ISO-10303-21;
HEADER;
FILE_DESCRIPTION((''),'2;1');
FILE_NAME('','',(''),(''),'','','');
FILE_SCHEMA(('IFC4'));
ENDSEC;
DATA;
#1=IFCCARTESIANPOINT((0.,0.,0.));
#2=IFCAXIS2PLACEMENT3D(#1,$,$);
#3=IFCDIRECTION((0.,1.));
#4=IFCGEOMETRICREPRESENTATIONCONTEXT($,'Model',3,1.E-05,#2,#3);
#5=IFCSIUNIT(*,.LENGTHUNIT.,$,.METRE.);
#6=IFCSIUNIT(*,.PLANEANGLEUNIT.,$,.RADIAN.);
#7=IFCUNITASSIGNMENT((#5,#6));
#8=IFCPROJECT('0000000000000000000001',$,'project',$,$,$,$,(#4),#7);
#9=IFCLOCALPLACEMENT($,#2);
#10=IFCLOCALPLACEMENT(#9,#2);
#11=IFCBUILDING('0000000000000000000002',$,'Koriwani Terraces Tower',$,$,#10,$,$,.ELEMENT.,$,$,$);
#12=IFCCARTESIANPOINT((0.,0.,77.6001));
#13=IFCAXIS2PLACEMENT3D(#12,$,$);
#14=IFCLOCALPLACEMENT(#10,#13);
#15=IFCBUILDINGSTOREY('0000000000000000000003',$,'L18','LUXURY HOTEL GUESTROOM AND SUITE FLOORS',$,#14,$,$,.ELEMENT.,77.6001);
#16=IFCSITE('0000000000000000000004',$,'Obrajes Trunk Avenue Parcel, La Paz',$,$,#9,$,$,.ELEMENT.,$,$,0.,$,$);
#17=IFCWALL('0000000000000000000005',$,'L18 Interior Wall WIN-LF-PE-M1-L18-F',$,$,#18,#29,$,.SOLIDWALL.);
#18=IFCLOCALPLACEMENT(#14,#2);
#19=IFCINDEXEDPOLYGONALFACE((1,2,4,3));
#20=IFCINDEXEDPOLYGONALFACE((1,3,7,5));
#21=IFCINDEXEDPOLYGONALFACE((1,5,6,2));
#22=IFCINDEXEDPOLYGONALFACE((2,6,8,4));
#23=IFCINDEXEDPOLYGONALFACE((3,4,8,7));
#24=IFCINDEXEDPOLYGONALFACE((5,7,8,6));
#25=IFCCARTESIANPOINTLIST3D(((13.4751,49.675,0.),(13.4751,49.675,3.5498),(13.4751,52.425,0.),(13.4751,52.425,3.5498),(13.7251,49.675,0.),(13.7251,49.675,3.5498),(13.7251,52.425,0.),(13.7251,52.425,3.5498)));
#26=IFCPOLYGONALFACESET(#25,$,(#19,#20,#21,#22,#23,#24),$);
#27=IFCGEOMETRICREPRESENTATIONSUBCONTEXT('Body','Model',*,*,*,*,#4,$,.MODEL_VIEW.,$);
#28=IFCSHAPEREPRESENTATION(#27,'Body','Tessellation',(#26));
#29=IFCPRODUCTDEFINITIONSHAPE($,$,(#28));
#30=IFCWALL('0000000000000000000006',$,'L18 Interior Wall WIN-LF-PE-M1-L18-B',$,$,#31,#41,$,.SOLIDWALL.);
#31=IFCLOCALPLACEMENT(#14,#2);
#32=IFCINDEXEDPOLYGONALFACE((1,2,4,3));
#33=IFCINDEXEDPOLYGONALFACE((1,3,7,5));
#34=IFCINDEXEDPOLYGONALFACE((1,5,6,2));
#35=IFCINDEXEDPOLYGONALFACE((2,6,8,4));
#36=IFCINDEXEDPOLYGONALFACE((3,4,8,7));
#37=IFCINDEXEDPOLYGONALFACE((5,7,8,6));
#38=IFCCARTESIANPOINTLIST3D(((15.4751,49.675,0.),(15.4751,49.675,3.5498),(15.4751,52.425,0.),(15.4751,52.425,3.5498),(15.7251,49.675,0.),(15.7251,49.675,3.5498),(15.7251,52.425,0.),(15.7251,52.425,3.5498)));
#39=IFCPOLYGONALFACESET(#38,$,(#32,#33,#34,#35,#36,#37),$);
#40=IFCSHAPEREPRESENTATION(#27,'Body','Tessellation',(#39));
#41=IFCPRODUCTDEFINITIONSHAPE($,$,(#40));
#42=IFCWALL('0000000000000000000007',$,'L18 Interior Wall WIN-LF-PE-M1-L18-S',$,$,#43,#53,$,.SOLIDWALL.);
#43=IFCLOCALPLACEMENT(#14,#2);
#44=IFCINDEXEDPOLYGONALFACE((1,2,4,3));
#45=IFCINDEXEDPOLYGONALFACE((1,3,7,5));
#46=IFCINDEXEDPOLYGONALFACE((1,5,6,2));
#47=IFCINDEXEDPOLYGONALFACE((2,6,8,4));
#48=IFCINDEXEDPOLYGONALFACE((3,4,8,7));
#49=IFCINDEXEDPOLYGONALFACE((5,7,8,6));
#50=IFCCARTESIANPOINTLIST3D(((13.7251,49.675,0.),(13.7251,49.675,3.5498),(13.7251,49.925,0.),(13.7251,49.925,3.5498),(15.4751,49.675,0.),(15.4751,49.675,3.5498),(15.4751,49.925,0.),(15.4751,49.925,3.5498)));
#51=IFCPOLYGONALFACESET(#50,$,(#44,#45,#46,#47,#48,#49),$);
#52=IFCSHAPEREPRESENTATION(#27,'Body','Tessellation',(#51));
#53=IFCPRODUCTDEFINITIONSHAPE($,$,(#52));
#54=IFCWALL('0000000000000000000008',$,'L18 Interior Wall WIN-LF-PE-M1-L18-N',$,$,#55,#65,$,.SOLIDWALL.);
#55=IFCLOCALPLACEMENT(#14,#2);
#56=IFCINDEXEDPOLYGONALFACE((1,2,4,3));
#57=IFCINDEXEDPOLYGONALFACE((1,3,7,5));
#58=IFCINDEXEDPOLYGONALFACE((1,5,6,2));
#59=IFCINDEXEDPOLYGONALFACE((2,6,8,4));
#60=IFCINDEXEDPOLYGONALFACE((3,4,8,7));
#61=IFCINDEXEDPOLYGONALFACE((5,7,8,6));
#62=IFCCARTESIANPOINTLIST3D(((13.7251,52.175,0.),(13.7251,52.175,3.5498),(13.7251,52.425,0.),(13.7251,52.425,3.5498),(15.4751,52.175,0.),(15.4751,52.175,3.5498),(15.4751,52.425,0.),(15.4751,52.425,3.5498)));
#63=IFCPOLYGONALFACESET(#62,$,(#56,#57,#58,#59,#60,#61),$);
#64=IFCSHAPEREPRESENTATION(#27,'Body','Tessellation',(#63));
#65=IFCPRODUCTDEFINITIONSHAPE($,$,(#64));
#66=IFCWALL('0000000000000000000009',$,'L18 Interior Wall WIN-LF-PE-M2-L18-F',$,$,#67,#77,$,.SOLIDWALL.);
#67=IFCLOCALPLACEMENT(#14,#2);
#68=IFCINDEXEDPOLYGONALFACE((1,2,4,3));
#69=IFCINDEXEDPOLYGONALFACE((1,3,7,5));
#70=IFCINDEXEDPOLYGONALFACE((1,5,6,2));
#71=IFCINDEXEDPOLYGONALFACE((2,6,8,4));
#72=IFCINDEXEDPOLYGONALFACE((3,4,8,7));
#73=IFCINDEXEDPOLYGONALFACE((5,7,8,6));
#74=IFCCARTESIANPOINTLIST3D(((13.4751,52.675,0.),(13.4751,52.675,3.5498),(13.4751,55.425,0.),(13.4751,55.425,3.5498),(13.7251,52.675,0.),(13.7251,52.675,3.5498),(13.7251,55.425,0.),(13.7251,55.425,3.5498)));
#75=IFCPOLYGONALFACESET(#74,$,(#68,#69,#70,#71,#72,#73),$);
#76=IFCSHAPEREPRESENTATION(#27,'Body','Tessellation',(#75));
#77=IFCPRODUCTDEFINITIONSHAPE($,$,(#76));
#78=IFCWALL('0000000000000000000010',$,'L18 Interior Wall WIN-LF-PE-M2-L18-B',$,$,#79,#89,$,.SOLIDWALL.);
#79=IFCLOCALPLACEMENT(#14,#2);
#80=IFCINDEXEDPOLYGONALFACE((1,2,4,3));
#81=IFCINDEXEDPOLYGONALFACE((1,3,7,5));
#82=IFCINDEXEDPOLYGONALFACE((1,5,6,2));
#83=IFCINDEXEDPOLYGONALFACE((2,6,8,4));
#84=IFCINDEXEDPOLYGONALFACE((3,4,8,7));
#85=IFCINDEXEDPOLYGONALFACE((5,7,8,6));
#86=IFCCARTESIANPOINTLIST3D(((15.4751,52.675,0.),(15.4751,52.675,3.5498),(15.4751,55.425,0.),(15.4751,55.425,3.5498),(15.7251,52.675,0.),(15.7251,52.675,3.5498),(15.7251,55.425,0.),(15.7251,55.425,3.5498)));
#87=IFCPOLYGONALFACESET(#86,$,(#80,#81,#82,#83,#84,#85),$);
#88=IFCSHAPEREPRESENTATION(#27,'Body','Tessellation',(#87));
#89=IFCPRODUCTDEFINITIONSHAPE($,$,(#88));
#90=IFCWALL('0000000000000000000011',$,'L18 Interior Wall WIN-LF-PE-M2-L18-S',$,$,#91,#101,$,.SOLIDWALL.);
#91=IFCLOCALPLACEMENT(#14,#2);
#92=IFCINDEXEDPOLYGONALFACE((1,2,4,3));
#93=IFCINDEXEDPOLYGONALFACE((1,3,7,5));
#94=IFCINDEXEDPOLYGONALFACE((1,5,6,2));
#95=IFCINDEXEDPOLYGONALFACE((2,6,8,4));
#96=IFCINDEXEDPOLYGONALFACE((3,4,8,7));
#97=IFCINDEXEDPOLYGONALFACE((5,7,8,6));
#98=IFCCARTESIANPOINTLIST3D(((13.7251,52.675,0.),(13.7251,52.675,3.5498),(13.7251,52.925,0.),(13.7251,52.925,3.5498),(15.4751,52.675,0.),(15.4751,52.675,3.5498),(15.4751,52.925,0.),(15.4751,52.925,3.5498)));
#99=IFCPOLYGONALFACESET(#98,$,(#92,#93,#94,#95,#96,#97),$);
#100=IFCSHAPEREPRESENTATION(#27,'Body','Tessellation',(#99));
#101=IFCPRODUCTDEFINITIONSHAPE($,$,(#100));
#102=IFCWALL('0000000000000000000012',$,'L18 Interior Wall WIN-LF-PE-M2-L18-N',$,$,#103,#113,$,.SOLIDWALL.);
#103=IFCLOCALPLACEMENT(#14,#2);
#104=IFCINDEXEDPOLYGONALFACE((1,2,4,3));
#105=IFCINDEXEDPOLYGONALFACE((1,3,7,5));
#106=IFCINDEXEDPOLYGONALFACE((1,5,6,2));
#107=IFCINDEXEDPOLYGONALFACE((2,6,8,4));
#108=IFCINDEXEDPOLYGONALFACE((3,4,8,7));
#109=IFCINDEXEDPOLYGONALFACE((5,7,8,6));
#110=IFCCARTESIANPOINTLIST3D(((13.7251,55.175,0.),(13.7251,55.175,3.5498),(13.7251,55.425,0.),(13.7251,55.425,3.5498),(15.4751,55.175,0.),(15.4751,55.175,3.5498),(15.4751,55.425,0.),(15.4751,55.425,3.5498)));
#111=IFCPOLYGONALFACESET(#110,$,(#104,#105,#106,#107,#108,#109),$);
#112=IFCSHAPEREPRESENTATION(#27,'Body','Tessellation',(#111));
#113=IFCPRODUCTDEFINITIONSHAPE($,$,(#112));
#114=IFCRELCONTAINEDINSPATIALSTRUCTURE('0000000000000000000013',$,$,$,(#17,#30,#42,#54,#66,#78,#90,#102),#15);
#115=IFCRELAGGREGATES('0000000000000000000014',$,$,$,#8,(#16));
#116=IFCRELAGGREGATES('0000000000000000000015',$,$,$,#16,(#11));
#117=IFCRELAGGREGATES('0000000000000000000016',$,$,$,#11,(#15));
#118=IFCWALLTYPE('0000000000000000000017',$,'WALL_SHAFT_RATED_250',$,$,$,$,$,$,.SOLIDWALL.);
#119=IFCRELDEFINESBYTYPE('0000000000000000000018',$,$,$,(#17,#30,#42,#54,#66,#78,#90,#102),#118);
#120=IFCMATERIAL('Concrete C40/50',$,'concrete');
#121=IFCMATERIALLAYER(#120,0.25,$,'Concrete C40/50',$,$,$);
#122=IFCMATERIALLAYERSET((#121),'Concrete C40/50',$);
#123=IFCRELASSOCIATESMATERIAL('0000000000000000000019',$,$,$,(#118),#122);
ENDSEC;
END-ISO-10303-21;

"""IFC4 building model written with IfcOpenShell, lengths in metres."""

from ifc_helpers import new_model, si_unit, direction, frame, frame_2d, origin, place, context, subcontext, project, spatial, rectangle, extrude, material, layer, layer_set, type_object, element, save


model = new_model("IFC4")

# Units and contexts
model_context = context("Model", 3, precision=1e-05, world=origin(), true_north=direction((0.0, 1.0)))
body_context = subcontext(model_context, "Body", "Model", "MODEL_VIEW")
ifc_project = project(units=[si_unit("LENGTHUNIT", "METRE"), si_unit("PLANEANGLEUNIT", "RADIAN")], contexts=[model_context])

# Site, building, storey
site_placement = place(None, origin())
site = spatial("IfcSite", under=ifc_project, at=site_placement, Name="Obrajes Trunk Avenue Parcel, La Paz", CompositionType="ELEMENT", RefElevation=0.0)
building_placement = place(site_placement, origin())
building = spatial("IfcBuilding", under=site, at=building_placement, Name="Koriwani Terraces Tower", CompositionType="ELEMENT")
storey_placement = place(building_placement, frame((0.0, 0.0, 77.6001)))
storey = spatial("IfcBuildingStorey", under=building, at=storey_placement, Name="L18", Description="LUXURY HOTEL GUESTROOM AND SUITE FLOORS", CompositionType="ELEMENT", Elevation=77.6001)

# Shared definitions
ifc_material_1 = material(Name="Concrete C40/50", Category="concrete")

# Walls
ifc_layer_1 = layer(ifc_material_1, 0.25, Name="Concrete C40/50")
ifc_layer_set_1 = layer_set([ifc_layer_1], Name="Concrete C40/50")
wall_type_1 = type_object("IfcWallType", Name="WALL_SHAFT_RATED_250", PredefinedType="SOLIDWALL", material=ifc_layer_set_1)
for number, where, z_axis, x_axis, name in (
    (1, (13.6001, 49.675, 0.0), (0.0, 0.0, 1.0), (0.0, 1.0, 0.0), "L18 Interior Wall WIN-LF-PE-M1-L18-F"),
    (2, (15.6001, 49.675, 0.0), (0.0, 0.0, 1.0), (0.0, 1.0, 0.0), "L18 Interior Wall WIN-LF-PE-M1-L18-B"),
):
    element("IfcWall", number, at=place(storey_placement, frame(where, z_axis=z_axis, x_axis=x_axis)), inside=storey, type_object=wall_type_1, Name=name, PredefinedType="SOLIDWALL", context=body_context, shape_type="SweptSolid", body=[
        extrude(rectangle(XDim=2.75, YDim=0.25, at=frame_2d((1.375, 0.0))), origin(), (0.0, 0.0, 1.0), 3.5498),
    ])
for number, where, z_axis, x_axis, name in (
    (3, (13.7251, 49.8, 0.0), (0.0, 0.0, 1.0), (1.0, 0.0, 0.0), "L18 Interior Wall WIN-LF-PE-M1-L18-S"),
    (4, (13.7251, 52.3, 0.0), (0.0, 0.0, 1.0), (1.0, 0.0, 0.0), "L18 Interior Wall WIN-LF-PE-M1-L18-N"),
):
    element("IfcWall", number, at=place(storey_placement, frame(where, z_axis=z_axis, x_axis=x_axis)), inside=storey, type_object=wall_type_1, Name=name, PredefinedType="SOLIDWALL", context=body_context, shape_type="SweptSolid", body=[
        extrude(rectangle(XDim=1.75, YDim=0.25, at=frame_2d((0.875, 0.0))), origin(), (0.0, 0.0, 1.0), 3.5498),
    ])
for number, where, z_axis, x_axis, name in (
    (5, (13.6001, 52.675, 0.0), (0.0, 0.0, 1.0), (0.0, 1.0, 0.0), "L18 Interior Wall WIN-LF-PE-M2-L18-F"),
    (6, (15.6001, 52.675, 0.0), (0.0, 0.0, 1.0), (0.0, 1.0, 0.0), "L18 Interior Wall WIN-LF-PE-M2-L18-B"),
):
    element("IfcWall", number, at=place(storey_placement, frame(where, z_axis=z_axis, x_axis=x_axis)), inside=storey, type_object=wall_type_1, Name=name, PredefinedType="SOLIDWALL", context=body_context, shape_type="SweptSolid", body=[
        extrude(rectangle(XDim=2.75, YDim=0.25, at=frame_2d((1.375, 0.0))), origin(), (0.0, 0.0, 1.0), 3.5498),
    ])
for number, where, z_axis, x_axis, name in (
    (7, (13.7251, 52.8, 0.0), (0.0, 0.0, 1.0), (1.0, 0.0, 0.0), "L18 Interior Wall WIN-LF-PE-M2-L18-S"),
    (8, (13.7251, 55.3, 0.0), (0.0, 0.0, 1.0), (1.0, 0.0, 0.0), "L18 Interior Wall WIN-LF-PE-M2-L18-N"),
):
    element("IfcWall", number, at=place(storey_placement, frame(where, z_axis=z_axis, x_axis=x_axis)), inside=storey, type_object=wall_type_1, Name=name, PredefinedType="SOLIDWALL", context=body_context, shape_type="SweptSolid", body=[
        extrude(rectangle(XDim=1.75, YDim=0.25, at=frame_2d((0.875, 0.0))), origin(), (0.0, 0.0, 1.0), 3.5498),
    ])

save(model, "model.ifc")
